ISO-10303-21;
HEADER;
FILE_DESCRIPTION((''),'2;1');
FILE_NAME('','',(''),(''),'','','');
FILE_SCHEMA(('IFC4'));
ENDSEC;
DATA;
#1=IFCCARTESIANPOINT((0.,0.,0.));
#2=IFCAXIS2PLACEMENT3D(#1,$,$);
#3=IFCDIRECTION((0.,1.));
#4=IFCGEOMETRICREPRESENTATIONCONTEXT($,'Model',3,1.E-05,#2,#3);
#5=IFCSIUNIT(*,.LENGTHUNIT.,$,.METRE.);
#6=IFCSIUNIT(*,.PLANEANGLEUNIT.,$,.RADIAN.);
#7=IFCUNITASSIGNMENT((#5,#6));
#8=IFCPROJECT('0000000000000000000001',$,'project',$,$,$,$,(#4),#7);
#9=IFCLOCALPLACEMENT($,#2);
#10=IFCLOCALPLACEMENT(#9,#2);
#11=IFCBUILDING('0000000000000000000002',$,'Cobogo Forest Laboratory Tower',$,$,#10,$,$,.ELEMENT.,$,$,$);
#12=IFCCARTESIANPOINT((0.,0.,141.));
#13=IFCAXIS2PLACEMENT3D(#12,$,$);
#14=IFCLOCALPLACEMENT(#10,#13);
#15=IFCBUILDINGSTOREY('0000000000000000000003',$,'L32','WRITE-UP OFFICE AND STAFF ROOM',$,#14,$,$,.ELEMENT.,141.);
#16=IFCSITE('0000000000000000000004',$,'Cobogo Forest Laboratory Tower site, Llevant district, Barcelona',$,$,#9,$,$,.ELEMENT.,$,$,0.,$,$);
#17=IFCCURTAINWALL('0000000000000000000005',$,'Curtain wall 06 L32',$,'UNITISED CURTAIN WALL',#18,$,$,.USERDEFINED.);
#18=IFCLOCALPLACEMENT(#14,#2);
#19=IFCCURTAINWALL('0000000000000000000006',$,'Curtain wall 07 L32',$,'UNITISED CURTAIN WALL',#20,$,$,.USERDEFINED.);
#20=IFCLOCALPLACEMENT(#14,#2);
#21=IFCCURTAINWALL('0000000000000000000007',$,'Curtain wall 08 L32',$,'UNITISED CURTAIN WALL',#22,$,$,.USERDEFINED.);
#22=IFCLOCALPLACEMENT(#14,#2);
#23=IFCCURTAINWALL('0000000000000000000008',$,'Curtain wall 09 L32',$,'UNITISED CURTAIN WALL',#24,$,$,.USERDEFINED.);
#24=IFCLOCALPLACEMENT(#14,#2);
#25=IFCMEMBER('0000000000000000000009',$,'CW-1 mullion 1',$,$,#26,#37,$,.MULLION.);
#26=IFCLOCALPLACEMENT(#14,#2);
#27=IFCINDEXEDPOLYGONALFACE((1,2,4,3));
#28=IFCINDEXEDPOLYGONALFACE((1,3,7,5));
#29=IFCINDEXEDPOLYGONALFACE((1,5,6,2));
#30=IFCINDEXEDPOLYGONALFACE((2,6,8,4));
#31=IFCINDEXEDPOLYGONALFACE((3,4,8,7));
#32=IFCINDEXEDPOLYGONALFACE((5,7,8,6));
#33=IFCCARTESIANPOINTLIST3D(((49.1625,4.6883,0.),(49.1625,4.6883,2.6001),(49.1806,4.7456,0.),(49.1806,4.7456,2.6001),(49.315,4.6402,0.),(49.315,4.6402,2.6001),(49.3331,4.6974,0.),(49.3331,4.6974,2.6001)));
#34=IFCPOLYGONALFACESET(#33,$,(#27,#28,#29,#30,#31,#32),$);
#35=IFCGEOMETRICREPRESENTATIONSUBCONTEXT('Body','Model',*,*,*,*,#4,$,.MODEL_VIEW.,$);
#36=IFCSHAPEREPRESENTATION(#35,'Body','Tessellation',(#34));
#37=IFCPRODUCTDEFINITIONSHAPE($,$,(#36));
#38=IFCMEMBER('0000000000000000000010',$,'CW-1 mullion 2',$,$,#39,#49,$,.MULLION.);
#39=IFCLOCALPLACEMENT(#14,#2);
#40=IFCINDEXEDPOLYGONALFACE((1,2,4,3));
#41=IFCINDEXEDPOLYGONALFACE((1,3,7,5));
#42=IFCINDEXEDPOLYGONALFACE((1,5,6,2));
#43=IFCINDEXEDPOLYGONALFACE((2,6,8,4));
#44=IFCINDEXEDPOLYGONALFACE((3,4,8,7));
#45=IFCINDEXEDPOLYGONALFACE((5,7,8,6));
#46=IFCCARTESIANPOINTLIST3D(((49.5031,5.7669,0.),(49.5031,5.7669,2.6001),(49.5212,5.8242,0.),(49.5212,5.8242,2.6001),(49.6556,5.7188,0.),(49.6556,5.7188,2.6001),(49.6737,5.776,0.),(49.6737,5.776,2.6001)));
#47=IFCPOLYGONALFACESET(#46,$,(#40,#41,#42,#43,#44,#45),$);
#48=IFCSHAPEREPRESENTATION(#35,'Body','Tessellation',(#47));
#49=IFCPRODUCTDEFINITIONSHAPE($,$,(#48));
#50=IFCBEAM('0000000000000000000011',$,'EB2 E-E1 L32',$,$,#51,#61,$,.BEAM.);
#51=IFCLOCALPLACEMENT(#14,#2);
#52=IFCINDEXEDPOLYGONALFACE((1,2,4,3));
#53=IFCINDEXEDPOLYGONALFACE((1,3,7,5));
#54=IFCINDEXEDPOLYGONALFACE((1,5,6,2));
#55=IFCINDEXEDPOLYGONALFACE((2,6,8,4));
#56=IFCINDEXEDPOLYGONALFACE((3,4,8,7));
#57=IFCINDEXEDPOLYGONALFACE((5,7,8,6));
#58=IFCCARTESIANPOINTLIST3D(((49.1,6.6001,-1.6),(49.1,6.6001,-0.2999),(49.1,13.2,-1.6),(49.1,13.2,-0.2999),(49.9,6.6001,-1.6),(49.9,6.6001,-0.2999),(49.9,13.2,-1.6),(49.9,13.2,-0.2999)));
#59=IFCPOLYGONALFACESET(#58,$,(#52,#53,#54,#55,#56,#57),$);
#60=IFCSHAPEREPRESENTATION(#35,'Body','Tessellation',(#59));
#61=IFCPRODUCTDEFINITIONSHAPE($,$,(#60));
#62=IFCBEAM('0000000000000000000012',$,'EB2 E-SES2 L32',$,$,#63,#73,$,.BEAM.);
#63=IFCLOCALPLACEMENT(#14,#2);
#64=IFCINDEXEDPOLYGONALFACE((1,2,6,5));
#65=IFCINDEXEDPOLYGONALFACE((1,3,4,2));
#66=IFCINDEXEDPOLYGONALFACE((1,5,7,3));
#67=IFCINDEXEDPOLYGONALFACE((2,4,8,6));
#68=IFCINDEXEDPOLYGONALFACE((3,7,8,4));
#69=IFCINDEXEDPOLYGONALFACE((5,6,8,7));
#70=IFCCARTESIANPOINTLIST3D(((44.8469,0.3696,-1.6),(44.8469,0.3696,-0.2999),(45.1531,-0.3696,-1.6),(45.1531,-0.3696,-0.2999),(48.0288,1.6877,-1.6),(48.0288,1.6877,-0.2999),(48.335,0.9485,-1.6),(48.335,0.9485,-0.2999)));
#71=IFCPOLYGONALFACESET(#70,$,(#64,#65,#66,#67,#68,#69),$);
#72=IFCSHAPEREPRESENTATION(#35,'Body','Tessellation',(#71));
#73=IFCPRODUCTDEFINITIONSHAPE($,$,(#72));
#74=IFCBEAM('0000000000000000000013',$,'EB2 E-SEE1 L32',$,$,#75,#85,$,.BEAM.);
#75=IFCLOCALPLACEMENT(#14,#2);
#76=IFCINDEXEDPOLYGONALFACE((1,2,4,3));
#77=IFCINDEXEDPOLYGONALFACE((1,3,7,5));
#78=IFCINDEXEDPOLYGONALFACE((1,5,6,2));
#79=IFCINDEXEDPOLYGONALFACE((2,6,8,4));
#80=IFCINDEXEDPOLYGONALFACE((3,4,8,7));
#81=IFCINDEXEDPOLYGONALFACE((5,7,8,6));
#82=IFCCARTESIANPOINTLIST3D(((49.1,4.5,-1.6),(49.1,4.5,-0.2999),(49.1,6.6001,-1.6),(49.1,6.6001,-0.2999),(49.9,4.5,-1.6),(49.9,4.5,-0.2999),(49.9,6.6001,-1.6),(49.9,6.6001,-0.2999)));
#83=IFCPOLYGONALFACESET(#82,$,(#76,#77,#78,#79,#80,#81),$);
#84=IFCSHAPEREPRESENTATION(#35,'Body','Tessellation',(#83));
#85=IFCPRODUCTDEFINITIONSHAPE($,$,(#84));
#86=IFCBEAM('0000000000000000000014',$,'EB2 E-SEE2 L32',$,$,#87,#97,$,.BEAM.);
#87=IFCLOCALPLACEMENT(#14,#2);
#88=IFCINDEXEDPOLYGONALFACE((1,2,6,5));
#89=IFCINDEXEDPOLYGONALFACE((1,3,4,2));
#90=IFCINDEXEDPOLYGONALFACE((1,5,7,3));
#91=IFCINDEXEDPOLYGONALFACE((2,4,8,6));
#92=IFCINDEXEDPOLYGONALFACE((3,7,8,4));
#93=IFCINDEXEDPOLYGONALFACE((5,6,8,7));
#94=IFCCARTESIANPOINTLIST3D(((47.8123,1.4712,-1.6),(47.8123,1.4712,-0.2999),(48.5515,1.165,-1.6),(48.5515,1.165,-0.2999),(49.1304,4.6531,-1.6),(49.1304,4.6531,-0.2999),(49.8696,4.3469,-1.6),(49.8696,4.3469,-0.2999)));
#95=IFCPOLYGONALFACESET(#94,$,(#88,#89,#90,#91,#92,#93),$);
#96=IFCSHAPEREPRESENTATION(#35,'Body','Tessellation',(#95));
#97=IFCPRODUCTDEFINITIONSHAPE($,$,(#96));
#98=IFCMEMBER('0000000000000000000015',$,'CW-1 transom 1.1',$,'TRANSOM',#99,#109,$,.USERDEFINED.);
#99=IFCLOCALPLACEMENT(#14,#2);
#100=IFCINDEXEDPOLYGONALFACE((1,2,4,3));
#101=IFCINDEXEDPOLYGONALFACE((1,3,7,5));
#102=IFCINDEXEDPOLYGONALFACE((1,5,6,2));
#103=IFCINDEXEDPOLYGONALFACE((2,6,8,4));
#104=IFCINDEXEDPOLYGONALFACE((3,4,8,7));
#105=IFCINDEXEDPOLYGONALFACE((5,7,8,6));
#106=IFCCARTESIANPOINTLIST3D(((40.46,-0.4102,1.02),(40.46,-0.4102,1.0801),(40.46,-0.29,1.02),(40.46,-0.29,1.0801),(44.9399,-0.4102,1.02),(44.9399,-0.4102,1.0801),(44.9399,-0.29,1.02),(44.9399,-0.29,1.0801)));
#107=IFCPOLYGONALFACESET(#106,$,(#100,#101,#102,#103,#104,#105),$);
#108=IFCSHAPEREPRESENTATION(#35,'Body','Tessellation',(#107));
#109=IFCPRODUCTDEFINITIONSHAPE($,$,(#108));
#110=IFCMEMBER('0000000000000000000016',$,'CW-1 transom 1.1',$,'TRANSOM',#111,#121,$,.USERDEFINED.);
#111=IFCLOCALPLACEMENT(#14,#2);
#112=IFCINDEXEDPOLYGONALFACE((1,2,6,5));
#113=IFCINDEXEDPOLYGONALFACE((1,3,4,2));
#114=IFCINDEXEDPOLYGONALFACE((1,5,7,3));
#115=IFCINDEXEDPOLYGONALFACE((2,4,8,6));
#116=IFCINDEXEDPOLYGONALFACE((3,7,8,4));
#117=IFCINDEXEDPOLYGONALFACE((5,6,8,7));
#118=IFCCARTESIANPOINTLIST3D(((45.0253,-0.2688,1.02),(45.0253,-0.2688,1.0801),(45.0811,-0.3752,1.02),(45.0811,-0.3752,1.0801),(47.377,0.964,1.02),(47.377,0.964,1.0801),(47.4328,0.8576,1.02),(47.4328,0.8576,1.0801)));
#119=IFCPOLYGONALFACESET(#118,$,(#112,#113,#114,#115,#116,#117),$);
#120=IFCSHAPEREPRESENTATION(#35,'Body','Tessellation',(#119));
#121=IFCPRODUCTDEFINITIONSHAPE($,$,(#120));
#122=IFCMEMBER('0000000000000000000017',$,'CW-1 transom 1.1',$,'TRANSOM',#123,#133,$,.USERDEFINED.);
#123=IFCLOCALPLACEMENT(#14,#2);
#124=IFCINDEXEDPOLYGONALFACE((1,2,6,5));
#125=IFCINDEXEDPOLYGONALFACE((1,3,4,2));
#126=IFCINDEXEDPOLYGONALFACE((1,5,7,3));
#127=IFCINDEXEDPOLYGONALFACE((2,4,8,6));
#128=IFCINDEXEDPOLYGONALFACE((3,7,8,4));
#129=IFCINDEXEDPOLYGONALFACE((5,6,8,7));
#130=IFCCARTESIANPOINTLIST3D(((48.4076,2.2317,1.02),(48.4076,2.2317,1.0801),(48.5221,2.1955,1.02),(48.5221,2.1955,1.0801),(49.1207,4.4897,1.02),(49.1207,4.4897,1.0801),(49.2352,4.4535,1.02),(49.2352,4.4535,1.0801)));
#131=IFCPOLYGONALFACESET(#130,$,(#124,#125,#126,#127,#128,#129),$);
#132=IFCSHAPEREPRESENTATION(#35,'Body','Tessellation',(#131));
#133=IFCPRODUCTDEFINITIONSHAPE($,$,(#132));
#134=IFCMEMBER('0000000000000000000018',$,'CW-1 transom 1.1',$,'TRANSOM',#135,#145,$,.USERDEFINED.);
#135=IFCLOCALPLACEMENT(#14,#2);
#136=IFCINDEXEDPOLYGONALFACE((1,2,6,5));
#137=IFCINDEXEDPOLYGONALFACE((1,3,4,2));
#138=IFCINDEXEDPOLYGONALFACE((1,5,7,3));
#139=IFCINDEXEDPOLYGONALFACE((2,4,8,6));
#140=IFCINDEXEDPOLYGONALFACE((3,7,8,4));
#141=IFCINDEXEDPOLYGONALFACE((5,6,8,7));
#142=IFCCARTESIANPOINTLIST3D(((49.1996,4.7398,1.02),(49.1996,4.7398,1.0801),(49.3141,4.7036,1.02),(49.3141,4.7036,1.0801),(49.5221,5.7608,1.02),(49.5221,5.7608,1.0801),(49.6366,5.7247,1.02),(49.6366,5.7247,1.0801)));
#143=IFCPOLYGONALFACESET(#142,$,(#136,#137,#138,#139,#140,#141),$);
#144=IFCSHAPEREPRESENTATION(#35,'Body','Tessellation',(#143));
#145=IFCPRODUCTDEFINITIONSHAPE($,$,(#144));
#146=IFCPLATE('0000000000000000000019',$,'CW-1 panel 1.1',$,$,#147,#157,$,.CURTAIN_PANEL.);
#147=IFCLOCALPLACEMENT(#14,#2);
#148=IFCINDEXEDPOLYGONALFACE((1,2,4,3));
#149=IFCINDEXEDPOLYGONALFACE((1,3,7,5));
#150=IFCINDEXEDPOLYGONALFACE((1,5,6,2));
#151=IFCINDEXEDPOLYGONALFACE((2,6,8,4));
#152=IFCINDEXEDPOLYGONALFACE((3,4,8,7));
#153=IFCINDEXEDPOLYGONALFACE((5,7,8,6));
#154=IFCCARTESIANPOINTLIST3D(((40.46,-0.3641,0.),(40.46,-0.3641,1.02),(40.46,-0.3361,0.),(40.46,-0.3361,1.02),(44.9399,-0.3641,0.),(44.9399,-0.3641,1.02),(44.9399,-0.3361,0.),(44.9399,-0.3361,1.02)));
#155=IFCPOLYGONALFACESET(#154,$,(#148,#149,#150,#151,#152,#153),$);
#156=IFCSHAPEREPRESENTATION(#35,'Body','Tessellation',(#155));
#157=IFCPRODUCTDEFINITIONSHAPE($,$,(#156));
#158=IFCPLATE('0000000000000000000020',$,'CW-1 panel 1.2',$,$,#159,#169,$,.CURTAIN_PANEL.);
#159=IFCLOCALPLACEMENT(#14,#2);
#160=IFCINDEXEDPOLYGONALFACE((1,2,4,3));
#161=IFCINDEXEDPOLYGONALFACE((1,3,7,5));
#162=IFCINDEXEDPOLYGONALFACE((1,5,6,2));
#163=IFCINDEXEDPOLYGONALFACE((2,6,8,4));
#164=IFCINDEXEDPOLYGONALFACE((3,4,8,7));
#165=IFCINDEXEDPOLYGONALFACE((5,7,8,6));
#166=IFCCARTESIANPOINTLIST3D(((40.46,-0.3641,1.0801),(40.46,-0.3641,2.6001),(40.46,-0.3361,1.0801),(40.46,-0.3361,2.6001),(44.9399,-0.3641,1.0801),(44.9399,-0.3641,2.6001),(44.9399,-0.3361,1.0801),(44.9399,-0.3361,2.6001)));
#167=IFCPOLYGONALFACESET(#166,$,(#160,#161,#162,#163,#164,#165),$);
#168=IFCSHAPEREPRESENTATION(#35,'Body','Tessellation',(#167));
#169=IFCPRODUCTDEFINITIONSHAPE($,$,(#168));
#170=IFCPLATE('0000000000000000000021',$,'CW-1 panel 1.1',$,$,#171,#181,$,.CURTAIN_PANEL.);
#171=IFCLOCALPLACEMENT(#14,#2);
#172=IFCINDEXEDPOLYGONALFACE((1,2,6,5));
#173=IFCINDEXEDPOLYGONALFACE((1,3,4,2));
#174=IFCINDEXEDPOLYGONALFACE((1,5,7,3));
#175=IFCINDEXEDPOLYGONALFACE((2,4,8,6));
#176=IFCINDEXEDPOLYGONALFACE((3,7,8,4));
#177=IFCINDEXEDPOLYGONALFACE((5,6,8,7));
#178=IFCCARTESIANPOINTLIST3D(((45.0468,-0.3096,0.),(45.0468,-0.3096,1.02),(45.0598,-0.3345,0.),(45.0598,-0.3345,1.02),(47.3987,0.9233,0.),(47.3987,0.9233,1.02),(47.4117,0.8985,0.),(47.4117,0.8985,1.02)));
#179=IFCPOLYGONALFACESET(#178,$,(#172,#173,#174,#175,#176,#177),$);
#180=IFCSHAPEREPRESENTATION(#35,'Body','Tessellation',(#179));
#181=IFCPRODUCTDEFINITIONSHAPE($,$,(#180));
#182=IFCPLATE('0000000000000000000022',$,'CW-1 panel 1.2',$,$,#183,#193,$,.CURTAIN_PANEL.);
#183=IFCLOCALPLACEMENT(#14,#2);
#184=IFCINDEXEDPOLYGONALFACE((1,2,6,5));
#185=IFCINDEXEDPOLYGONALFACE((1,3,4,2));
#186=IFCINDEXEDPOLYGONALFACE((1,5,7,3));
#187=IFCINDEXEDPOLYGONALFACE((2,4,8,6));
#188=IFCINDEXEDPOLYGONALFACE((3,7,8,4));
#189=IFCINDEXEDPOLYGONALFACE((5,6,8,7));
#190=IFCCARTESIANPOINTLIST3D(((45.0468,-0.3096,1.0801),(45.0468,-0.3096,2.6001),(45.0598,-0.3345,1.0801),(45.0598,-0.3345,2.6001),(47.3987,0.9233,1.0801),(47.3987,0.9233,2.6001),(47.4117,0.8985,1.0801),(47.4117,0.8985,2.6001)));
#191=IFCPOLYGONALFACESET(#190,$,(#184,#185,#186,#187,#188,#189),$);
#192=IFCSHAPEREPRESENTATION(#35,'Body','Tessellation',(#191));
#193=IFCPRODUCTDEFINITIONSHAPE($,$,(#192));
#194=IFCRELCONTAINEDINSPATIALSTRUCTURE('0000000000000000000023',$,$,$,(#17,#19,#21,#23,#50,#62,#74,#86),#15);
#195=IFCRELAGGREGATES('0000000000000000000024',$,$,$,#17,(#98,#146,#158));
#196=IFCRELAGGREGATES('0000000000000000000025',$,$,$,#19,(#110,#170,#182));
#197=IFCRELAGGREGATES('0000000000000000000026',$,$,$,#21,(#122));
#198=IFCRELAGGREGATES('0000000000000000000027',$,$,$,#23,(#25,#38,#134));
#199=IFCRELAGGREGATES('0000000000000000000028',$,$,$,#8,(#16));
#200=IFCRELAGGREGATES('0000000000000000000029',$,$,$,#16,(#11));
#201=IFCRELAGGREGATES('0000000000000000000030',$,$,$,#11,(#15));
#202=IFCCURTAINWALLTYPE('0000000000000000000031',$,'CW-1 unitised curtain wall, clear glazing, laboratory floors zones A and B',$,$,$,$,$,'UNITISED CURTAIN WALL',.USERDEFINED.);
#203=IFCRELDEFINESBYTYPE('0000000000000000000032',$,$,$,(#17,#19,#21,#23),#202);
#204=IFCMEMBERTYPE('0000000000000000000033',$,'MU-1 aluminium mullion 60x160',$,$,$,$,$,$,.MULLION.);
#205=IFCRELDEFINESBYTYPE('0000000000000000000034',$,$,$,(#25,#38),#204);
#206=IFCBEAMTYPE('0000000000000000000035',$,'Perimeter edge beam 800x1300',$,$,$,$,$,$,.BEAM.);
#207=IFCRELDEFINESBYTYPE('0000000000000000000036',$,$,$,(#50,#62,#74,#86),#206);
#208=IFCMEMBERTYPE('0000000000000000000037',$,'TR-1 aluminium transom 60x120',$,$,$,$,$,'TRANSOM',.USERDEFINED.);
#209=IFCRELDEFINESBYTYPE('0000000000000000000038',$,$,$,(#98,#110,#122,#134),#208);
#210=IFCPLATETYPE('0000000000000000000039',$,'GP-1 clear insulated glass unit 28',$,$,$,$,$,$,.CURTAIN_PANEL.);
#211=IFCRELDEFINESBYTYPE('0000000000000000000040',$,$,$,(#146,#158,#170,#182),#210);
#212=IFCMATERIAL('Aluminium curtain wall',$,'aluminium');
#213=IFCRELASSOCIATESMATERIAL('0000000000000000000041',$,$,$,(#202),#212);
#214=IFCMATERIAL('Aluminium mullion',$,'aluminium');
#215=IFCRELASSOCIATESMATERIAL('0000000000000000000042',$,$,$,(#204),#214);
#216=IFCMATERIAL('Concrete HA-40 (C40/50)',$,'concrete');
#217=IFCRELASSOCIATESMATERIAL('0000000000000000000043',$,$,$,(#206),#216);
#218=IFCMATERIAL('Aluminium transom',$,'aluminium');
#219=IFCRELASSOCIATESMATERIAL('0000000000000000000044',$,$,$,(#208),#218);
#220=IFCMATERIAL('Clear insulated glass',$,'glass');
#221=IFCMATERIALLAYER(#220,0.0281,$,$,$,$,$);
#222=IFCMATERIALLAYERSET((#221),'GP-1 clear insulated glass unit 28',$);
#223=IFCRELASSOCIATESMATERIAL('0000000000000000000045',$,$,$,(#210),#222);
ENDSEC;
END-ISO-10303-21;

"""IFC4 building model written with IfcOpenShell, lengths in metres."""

from ifc_helpers import new_model, si_unit, direction, frame, origin, origin_2d, place, context, subcontext, project, spatial, rectangle, extrude, material, layer, layer_set, material_profile, profile_set, type_object, element, aggregate, save


model = new_model("IFC4")

# Units and contexts
model_context = context("Model", 3, precision=1e-05, world=origin(), true_north=direction((0.0, 1.0)))
body_context = subcontext(model_context, "Body", "Model", "MODEL_VIEW")
ifc_project = project(units=[si_unit("LENGTHUNIT", "METRE"), si_unit("PLANEANGLEUNIT", "RADIAN")], contexts=[model_context])

# Site, building, storey
site_placement = place(None, origin())
site = spatial("IfcSite", under=ifc_project, at=site_placement, Name="Cobogo Forest Laboratory Tower site, Llevant district, Barcelona", CompositionType="ELEMENT", RefElevation=0.0)
building_placement = place(site_placement, origin())
building = spatial("IfcBuilding", under=site, at=building_placement, Name="Cobogo Forest Laboratory Tower", CompositionType="ELEMENT")
storey_placement = place(building_placement, frame((0.0, 0.0, 141.0)))
storey = spatial("IfcBuildingStorey", under=building, at=storey_placement, Name="L32", Description="WRITE-UP OFFICE AND STAFF ROOM", CompositionType="ELEMENT", Elevation=141.0)

# Curtain wall
ifc_material_1 = material(Name="Aluminium curtain wall", Category="aluminium")
curtain_wall_type = type_object("IfcCurtainWallType", Name="CW-1 unitised curtain wall, clear glazing, laboratory floors zones A and B", ElementType="UNITISED CURTAIN WALL", PredefinedType="USERDEFINED", material=ifc_material_1)
curtain_wall_1_placement = place(storey_placement, origin())
curtain_wall_1 = element("IfcCurtainWall", 1, at=curtain_wall_1_placement, inside=storey, type_object=curtain_wall_type, Name="Curtain wall 06 L32", ObjectType="UNITISED CURTAIN WALL", PredefinedType="USERDEFINED")
ifc_material_2 = material(Name="Aluminium mullion", Category="aluminium")
ifc_material_profile_1 = material_profile(ifc_material_2, rectangle(XDim=0.0601, YDim=0.1599, at=origin_2d()), Name="AL 60x160")
ifc_profile_set_1 = profile_set([ifc_material_profile_1], Name="Aluminium mullion")
member_type_1 = type_object("IfcMemberType", Name="MU-1 aluminium mullion 60x160", PredefinedType="MULLION", material=ifc_profile_set_1)

# Curtain walls, members
curtain_wall_2_placement = place(storey_placement, origin())
curtain_wall_2 = element("IfcCurtainWall", 2, at=curtain_wall_2_placement, inside=storey, type_object=curtain_wall_type, Name="Curtain wall 07 L32", ObjectType="UNITISED CURTAIN WALL", PredefinedType="USERDEFINED")
curtain_wall_3_placement = place(storey_placement, origin())
curtain_wall_3 = element("IfcCurtainWall", 3, at=curtain_wall_3_placement, inside=storey, type_object=curtain_wall_type, Name="Curtain wall 08 L32", ObjectType="UNITISED CURTAIN WALL", PredefinedType="USERDEFINED")
curtain_wall_4_placement = place(storey_placement, origin())
curtain_wall_4 = element("IfcCurtainWall", 4, at=curtain_wall_4_placement, inside=storey, type_object=curtain_wall_type, Name="Curtain wall 09 L32", ObjectType="UNITISED CURTAIN WALL", PredefinedType="USERDEFINED")
member_1_placement = place(storey_placement, frame((49.2478, 4.6929, 0.0), z_axis=(0.0, 0.0, 1.0), x_axis=(0.301136, 0.953581, 0.0)))
member_1 = element("IfcMember", 5, at=member_1_placement, type_object=member_type_1, Name="CW-1 mullion 1", PredefinedType="MULLION", context=body_context, shape_type="SweptSolid", body=[
    extrude(rectangle(XDim=0.0601, YDim=0.1599, at=origin_2d()), origin(), (0.0, 0.0, 1.0), 2.6001),
])
member_2_placement = place(storey_placement, frame((49.5884, 5.7715, 0.0), z_axis=(0.0, 0.0, 1.0), x_axis=(0.301136, 0.953581, 0.0)))
member_2 = element("IfcMember", 6, at=member_2_placement, type_object=member_type_1, Name="CW-1 mullion 2", PredefinedType="MULLION", context=body_context, shape_type="SweptSolid", body=[
    extrude(rectangle(XDim=0.0601, YDim=0.1599, at=origin_2d()), origin(), (0.0, 0.0, 1.0), 2.6001),
])

# Beams
ifc_material_3 = material(Name="Concrete HA-40 (C40/50)", Category="concrete")
ifc_material_profile_2 = material_profile(ifc_material_3, rectangle(XDim=0.8, YDim=1.3, at=origin_2d()), Name="RC 800x1300")
ifc_profile_set_2 = profile_set([ifc_material_profile_2], Name="Concrete HA-40 (C40/50)")
beam_type_1 = type_object("IfcBeamType", Name="Perimeter edge beam 800x1300", PredefinedType="BEAM", material=ifc_profile_set_2)
beam_1_placement = place(storey_placement, frame((49.5, 6.6001, -0.95), z_axis=(0.0, 1.0, 0.0), x_axis=(-1.0, 0.0, 0.0)))
element("IfcBeam", 7, at=beam_1_placement, inside=storey, type_object=beam_type_1, Name="EB2 E-E1 L32", PredefinedType="BEAM", context=body_context, shape_type="SweptSolid", body=[
    extrude(rectangle(XDim=0.8, YDim=1.3, at=origin_2d()), origin(), (0.0, 0.0, 1.0), 6.5999),
])
beam_2_placement = place(storey_placement, frame((45.0, 0.0, -0.95), z_axis=(0.923866, 0.382717, 0.0), x_axis=(-0.382717, 0.923866, 0.0)))
element("IfcBeam", 8, at=beam_2_placement, inside=storey, type_object=beam_type_1, Name="EB2 E-SES2 L32", PredefinedType="BEAM", context=body_context, shape_type="SweptSolid", body=[
    extrude(rectangle(XDim=0.8, YDim=1.3, at=origin_2d()), origin(), (0.0, 0.0, 1.0), 3.4441),
])
beam_3_placement = place(storey_placement, frame((49.5, 6.6001, -0.95), z_axis=(0.0, -1.0, 0.0), x_axis=(1.0, 0.0, 0.0)))
element("IfcBeam", 9, at=beam_3_placement, inside=storey, type_object=beam_type_1, Name="EB2 E-SEE1 L32", PredefinedType="BEAM", context=body_context, shape_type="SweptSolid", body=[
    extrude(rectangle(XDim=0.8, YDim=1.3, at=origin_2d()), origin(), (0.0, 0.0, 1.0), 2.1001),
])
beam_4_placement = place(storey_placement, frame((49.5, 4.5, -0.95), z_axis=(-0.382717, -0.923866, 0.0), x_axis=(0.923866, -0.382717, 0.0)))
element("IfcBeam", 10, at=beam_4_placement, inside=storey, type_object=beam_type_1, Name="EB2 E-SEE2 L32", PredefinedType="BEAM", context=body_context, shape_type="SweptSolid", body=[
    extrude(rectangle(XDim=0.8, YDim=1.3, at=origin_2d()), origin(), (0.0, 0.0, 1.0), 3.4441),
])

# Members
ifc_material_4 = material(Name="Aluminium transom", Category="aluminium")
ifc_material_profile_3 = material_profile(ifc_material_4, rectangle(XDim=0.1201, YDim=0.0601, at=origin_2d()), Name="AL 60x120")
ifc_profile_set_3 = profile_set([ifc_material_profile_3], Name="Aluminium transom")
member_type_2 = type_object("IfcMemberType", Name="TR-1 aluminium transom 60x120", ElementType="TRANSOM", PredefinedType="USERDEFINED", material=ifc_profile_set_3)
member_3_placement = place(storey_placement, frame((40.46, -0.3501, 1.05), z_axis=(1.0, 0.0, 0.0), x_axis=(0.0, 1.0, 0.0)))
member_3 = element("IfcMember", 11, at=member_3_placement, type_object=member_type_2, Name="CW-1 transom 1.1", ObjectType="TRANSOM", PredefinedType="USERDEFINED", context=body_context, shape_type="SweptSolid", body=[
    extrude(rectangle(XDim=0.1201, YDim=0.0601, at=origin_2d()), origin(), (0.0, 0.0, 1.0), 4.48),
])
member_4_placement = place(storey_placement, frame((45.0532, -0.322, 1.05), z_axis=(0.885675, 0.464306, 0.0), x_axis=(-0.464306, 0.885675, 0.0)))
member_4 = element("IfcMember", 12, at=member_4_placement, type_object=member_type_2, Name="CW-1 transom 1.1", ObjectType="TRANSOM", PredefinedType="USERDEFINED", context=body_context, shape_type="SweptSolid", body=[
    extrude(rectangle(XDim=0.1201, YDim=0.0601, at=origin_2d()), origin(), (0.0, 0.0, 1.0), 2.6553),
])
member_5_placement = place(storey_placement, frame((48.4648, 2.2136, 1.05), z_axis=(0.301156, 0.953575, 0.0), x_axis=(-0.953575, 0.301156, 0.0)))
member_5 = element("IfcMember", 13, at=member_5_placement, type_object=member_type_2, Name="CW-1 transom 1.1", ObjectType="TRANSOM", PredefinedType="USERDEFINED", context=body_context, shape_type="SweptSolid", body=[
    extrude(rectangle(XDim=0.1201, YDim=0.0601, at=origin_2d()), origin(), (0.0, 0.0, 1.0), 2.3679),
])
member_6_placement = place(storey_placement, frame((49.2568, 4.7217, 1.05), z_axis=(0.301208, 0.953559, 0.0), x_axis=(-0.953559, 0.301208, 0.0)))
member_6 = element("IfcMember", 14, at=member_6_placement, type_object=member_type_2, Name="CW-1 transom 1.1", ObjectType="TRANSOM", PredefinedType="USERDEFINED", context=body_context, shape_type="SweptSolid", body=[
    extrude(rectangle(XDim=0.1201, YDim=0.0601, at=origin_2d()), origin(), (0.0, 0.0, 1.0), 1.0708),
])

# Plates
ifc_material_5 = material(Name="Clear insulated glass", Category="glass")
ifc_layer = layer(ifc_material_5, 0.0281)
ifc_layer_set = layer_set([ifc_layer], Name="GP-1 clear insulated glass unit 28")
plate_type = type_object("IfcPlateType", Name="GP-1 clear insulated glass unit 28", PredefinedType="CURTAIN_PANEL", material=ifc_layer_set)
plate_1_placement = place(storey_placement, frame((42.7, -0.3501, 0.0), z_axis=(0.0, 0.0, 1.0), x_axis=(1.0, 0.0, 0.0)))
plate_1 = element("IfcPlate", 15, at=plate_1_placement, type_object=plate_type, Name="CW-1 panel 1.1", PredefinedType="CURTAIN_PANEL", context=body_context, shape_type="SweptSolid", body=[
    extrude(rectangle(XDim=4.48, YDim=0.0281, at=origin_2d()), origin(), (0.0, 0.0, 1.0), 1.02),
])
plate_2_placement = place(storey_placement, frame((42.7, -0.3501, 1.0801), z_axis=(0.0, 0.0, 1.0), x_axis=(1.0, 0.0, 0.0)))
plate_2 = element("IfcPlate", 16, at=plate_2_placement, type_object=plate_type, Name="CW-1 panel 1.2", PredefinedType="CURTAIN_PANEL", context=body_context, shape_type="SweptSolid", body=[
    extrude(rectangle(XDim=4.48, YDim=0.0281, at=origin_2d()), origin(), (0.0, 0.0, 1.0), 1.52),
])
aggregate(curtain_wall_1, [member_3, plate_1, plate_2])
plate_3_placement = place(storey_placement, frame((46.2292, 0.2944, 0.0), z_axis=(0.0, 0.0, 1.0), x_axis=(0.885687, 0.464284, 0.0)))
plate_3 = element("IfcPlate", 17, at=plate_3_placement, type_object=plate_type, Name="CW-1 panel 1.1", PredefinedType="CURTAIN_PANEL", context=body_context, shape_type="SweptSolid", body=[
    extrude(rectangle(XDim=2.6555, YDim=0.0281, at=origin_2d()), origin(), (0.0, 0.0, 1.0), 1.02),
])
plate_4_placement = place(storey_placement, frame((46.2292, 0.2944, 1.0801), z_axis=(0.0, 0.0, 1.0), x_axis=(0.885687, 0.464284, 0.0)))
plate_4 = element("IfcPlate", 18, at=plate_4_placement, type_object=plate_type, Name="CW-1 panel 1.2", PredefinedType="CURTAIN_PANEL", context=body_context, shape_type="SweptSolid", body=[
    extrude(rectangle(XDim=2.6555, YDim=0.0281, at=origin_2d()), origin(), (0.0, 0.0, 1.0), 1.52),
])
aggregate(curtain_wall_2, [member_4, plate_3, plate_4])
aggregate(curtain_wall_3, [member_5])
aggregate(curtain_wall_4, [member_1, member_2, member_6])

save(model, "model.ifc")
